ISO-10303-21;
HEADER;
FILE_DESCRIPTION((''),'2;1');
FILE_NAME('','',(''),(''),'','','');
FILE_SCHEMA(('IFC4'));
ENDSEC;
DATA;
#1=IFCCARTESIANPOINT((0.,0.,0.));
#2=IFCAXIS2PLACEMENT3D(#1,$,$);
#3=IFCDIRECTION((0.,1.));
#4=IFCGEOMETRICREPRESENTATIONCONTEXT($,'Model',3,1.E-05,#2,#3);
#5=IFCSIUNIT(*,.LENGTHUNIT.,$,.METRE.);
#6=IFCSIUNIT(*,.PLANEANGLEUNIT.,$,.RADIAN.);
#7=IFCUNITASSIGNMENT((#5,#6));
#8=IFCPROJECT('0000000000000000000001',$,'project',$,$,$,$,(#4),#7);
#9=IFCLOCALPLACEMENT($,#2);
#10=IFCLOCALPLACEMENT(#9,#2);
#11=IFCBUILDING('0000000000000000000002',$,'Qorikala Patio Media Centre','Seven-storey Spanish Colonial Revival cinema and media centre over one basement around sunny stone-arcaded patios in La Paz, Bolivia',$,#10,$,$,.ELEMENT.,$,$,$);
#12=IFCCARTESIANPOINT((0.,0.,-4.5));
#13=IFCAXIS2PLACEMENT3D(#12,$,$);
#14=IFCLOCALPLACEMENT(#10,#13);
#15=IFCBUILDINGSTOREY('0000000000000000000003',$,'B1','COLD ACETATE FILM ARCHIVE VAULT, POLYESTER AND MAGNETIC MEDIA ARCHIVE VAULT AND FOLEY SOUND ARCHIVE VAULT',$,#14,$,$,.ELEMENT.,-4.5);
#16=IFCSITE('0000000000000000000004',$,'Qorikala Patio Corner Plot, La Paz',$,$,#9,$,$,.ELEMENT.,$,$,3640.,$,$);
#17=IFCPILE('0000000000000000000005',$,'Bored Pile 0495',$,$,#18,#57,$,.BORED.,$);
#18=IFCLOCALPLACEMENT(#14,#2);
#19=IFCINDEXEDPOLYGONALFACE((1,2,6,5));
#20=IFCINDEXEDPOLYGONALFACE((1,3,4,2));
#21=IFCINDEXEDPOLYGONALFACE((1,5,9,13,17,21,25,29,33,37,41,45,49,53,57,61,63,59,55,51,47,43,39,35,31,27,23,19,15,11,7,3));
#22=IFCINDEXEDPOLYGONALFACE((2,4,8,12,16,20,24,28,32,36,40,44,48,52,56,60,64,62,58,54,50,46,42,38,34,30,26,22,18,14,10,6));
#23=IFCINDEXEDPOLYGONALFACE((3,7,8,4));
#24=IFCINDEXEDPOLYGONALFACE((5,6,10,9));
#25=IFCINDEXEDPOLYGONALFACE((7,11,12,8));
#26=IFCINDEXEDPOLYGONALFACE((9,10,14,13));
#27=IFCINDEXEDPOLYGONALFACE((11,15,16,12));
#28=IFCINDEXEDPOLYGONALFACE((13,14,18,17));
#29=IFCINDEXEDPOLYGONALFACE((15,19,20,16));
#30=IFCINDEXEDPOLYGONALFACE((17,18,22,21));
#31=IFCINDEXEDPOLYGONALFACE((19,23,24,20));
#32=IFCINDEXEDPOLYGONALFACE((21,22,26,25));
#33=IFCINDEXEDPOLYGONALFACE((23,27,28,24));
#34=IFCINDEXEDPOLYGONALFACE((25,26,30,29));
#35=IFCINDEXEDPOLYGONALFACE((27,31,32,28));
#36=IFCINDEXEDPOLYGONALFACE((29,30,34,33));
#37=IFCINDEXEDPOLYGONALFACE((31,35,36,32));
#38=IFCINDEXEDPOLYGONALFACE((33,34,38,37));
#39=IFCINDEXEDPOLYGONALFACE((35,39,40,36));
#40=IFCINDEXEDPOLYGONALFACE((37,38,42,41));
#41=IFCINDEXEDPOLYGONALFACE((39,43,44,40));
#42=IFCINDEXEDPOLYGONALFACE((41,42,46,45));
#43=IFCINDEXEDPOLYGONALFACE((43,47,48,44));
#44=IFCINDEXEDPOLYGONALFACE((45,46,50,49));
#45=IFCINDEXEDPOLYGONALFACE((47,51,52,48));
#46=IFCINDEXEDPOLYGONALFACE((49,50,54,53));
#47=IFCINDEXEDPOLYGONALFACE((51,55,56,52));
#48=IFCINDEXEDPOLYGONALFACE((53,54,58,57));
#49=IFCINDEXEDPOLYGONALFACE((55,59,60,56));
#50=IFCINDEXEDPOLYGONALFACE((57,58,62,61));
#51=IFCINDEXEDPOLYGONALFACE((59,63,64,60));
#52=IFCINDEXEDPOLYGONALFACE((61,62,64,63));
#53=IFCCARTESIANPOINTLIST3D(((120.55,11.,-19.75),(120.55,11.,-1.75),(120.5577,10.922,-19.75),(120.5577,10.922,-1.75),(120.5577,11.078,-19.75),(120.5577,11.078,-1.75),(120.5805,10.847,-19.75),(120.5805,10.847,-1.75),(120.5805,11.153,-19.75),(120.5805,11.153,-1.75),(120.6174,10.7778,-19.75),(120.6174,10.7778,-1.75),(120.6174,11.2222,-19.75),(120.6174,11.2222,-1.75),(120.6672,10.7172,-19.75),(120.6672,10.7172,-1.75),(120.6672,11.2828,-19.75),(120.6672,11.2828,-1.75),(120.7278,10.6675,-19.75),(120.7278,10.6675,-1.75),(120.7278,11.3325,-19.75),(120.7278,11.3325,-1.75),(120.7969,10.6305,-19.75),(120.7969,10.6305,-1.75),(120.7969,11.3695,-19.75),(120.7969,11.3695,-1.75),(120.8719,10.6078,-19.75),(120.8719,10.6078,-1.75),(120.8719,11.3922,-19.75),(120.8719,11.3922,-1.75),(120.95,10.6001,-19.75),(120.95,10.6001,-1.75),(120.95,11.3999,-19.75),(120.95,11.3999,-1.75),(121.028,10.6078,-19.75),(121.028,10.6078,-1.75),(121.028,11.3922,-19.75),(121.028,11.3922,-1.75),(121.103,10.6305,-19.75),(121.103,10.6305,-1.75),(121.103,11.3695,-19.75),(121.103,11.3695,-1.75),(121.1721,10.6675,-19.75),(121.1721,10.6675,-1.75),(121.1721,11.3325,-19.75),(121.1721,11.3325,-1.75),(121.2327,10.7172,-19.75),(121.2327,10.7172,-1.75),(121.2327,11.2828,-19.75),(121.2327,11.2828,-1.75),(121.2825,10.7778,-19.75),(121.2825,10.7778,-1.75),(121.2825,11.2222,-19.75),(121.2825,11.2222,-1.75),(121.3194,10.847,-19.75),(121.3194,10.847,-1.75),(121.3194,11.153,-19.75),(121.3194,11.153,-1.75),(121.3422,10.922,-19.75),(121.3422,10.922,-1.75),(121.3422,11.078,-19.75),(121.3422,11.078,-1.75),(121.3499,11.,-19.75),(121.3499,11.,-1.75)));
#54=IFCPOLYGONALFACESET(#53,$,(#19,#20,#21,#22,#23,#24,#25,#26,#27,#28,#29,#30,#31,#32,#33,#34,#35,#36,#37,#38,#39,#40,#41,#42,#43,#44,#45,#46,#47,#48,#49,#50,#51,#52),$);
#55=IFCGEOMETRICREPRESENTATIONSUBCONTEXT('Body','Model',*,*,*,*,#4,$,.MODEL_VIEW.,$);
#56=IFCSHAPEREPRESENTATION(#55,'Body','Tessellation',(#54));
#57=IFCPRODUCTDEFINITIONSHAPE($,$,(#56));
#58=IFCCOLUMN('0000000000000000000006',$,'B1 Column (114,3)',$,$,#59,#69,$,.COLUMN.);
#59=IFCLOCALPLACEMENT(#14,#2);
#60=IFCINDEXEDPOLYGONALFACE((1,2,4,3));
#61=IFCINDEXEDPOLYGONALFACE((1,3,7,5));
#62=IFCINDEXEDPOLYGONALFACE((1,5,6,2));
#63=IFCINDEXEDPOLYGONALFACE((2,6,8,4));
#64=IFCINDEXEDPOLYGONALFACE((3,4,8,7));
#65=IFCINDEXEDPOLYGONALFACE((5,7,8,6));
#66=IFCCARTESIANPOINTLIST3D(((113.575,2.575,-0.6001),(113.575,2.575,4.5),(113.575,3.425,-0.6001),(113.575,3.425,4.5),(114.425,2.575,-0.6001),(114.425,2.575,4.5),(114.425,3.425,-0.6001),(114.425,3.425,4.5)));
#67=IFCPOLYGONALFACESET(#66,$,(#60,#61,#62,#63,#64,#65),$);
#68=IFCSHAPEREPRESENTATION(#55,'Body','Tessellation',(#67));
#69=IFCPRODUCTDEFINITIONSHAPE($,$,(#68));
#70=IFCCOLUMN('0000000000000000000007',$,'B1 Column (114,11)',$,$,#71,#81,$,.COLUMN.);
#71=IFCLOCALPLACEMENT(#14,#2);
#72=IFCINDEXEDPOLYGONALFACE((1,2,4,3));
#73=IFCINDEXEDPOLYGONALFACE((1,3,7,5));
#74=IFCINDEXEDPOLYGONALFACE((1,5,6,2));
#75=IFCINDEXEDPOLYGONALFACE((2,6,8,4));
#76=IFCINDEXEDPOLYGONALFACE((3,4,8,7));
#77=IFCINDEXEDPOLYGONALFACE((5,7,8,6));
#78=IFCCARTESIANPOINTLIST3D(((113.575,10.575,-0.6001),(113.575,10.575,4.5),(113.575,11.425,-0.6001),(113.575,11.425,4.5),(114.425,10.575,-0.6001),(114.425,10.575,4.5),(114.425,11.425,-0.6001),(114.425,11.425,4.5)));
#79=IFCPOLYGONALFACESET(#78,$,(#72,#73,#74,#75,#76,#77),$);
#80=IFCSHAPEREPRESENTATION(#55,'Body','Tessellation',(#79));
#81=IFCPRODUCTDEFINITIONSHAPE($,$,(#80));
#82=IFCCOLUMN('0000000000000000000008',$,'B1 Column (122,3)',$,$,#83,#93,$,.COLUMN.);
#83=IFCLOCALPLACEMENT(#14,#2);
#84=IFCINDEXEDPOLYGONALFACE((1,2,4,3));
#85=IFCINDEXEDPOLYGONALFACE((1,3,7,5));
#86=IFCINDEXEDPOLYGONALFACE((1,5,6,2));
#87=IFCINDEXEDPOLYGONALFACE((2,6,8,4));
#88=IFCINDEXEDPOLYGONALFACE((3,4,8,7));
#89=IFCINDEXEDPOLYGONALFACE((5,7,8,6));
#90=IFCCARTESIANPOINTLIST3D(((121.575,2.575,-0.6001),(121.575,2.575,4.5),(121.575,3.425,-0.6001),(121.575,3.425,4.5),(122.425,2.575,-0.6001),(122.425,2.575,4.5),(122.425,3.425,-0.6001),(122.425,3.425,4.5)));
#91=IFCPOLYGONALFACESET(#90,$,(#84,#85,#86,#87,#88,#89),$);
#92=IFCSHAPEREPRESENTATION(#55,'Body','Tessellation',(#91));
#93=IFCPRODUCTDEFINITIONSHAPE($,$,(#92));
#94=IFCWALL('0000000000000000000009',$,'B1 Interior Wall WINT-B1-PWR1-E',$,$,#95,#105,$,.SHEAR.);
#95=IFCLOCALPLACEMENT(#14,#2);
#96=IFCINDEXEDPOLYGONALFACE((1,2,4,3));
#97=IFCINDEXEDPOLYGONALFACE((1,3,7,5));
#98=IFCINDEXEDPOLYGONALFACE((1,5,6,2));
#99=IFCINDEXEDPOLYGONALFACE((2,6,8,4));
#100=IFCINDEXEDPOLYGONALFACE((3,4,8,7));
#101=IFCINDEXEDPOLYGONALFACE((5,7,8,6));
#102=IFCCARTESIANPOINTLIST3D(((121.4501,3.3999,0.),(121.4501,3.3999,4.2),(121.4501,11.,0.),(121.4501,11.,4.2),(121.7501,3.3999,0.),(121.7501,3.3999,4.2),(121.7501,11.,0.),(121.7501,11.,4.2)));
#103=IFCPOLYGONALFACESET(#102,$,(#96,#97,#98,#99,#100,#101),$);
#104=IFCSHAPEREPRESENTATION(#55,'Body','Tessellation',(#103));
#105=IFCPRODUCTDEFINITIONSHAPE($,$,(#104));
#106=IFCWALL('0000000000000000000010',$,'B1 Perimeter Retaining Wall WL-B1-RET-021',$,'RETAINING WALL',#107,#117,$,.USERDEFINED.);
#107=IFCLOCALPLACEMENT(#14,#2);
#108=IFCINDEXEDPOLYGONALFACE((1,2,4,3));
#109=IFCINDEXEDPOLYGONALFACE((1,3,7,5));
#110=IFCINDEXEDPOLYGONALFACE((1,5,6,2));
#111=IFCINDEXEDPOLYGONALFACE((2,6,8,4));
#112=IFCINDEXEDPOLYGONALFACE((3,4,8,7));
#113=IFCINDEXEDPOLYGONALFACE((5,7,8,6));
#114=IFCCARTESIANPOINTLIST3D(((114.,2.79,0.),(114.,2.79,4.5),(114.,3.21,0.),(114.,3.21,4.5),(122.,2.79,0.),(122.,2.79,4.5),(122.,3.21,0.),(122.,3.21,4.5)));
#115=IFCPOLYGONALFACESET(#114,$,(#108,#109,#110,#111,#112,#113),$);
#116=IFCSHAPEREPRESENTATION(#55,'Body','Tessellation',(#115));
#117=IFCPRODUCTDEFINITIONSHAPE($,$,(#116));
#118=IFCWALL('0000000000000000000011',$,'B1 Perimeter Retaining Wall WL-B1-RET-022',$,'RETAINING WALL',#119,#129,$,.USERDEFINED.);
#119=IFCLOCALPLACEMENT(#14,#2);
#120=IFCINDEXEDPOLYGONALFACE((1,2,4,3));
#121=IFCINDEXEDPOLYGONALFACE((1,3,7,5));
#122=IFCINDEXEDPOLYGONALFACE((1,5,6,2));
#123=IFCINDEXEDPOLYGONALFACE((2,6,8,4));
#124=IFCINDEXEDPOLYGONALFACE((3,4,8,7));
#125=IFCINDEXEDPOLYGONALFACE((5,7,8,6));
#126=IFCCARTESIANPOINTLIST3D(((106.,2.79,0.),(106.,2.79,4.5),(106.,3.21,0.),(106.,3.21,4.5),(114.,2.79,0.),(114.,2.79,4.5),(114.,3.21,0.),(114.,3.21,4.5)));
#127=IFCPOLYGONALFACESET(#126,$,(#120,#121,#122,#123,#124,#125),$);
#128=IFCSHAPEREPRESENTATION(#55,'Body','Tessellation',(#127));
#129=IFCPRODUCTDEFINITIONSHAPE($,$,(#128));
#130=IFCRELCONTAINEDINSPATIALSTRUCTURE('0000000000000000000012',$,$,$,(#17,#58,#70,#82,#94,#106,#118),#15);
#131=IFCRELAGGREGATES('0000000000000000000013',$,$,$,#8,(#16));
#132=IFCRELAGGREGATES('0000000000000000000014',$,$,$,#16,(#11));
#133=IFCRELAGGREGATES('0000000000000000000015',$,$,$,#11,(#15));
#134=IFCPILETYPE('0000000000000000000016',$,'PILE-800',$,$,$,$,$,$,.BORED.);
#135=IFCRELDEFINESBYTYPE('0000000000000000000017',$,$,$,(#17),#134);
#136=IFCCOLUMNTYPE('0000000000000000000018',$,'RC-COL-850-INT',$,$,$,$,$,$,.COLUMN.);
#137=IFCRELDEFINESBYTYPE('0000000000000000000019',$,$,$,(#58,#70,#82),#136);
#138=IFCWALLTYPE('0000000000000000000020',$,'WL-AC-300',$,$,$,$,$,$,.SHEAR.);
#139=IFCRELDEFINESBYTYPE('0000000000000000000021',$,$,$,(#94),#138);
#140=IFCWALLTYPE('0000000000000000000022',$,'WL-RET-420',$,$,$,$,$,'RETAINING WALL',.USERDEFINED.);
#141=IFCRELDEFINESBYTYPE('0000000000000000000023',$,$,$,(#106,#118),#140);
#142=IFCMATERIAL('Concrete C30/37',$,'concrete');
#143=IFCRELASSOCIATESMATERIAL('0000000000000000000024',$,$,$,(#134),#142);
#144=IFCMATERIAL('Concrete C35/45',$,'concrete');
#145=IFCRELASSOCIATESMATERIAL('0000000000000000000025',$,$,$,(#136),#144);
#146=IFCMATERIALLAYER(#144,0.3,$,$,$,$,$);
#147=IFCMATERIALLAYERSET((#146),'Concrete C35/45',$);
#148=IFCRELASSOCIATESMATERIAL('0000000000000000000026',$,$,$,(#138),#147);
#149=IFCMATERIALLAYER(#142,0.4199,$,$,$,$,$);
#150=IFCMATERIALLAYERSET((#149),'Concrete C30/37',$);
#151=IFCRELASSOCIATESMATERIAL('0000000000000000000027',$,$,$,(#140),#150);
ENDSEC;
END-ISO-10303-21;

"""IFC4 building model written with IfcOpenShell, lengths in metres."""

from ifc_helpers import new_model, si_unit, direction, frame, frame_2d, origin, origin_2d, place, context, subcontext, project, spatial, rectangle, circle, extrude, material, layer, layer_set, material_profile, profile_set, type_object, element, save


model = new_model("IFC4")

# Units and contexts
model_context = context("Model", 3, precision=1e-05, world=origin(), true_north=direction((0.0, 1.0)))
body_context = subcontext(model_context, "Body", "Model", "MODEL_VIEW")
ifc_project = project(units=[si_unit("LENGTHUNIT", "METRE"), si_unit("PLANEANGLEUNIT", "RADIAN")], contexts=[model_context])

# Site, building, storey
site_placement = place(None, origin())
site = spatial("IfcSite", under=ifc_project, at=site_placement, Name="Qorikala Patio Corner Plot, La Paz", CompositionType="ELEMENT", RefElevation=3640.0)
building_placement = place(site_placement, origin())
building = spatial("IfcBuilding", under=site, at=building_placement, Name="Qorikala Patio Media Centre", Description="Seven-storey Spanish Colonial Revival cinema and media centre over one basement around sunny stone-arcaded patios in La Paz, Bolivia", CompositionType="ELEMENT")
storey_placement = place(building_placement, frame((0.0, 0.0, -4.5)))
storey = spatial("IfcBuildingStorey", under=building, at=storey_placement, Name="B1", Description="COLD ACETATE FILM ARCHIVE VAULT, POLYESTER AND MAGNETIC MEDIA ARCHIVE VAULT AND FOLEY SOUND ARCHIVE VAULT", CompositionType="ELEMENT", Elevation=-4.5)

# Shared definitions
ifc_material_1 = material(Name="Concrete C30/37", Category="concrete")

# Pile
ifc_material_profile_1 = material_profile(ifc_material_1, circle(Radius=0.3999, at=origin_2d()), Name="BORED PILE 800")
ifc_profile_set_1 = profile_set([ifc_material_profile_1], Name="Concrete C30/37")
pile_type_1 = type_object("IfcPileType", Name="PILE-800", PredefinedType="BORED", material=ifc_profile_set_1)
for number, where, z_axis, x_axis, name in (
    (1, (120.95, 11.0, -1.75), (0.0, 0.0, -1.0), (1.0, 0.0, 0.0), "Bored Pile 0495"),
):
    element("IfcPile", number, at=place(storey_placement, frame(where, z_axis=z_axis, x_axis=x_axis)), inside=storey, type_object=pile_type_1, Name=name, PredefinedType="BORED", context=body_context, shape_type="SweptSolid", body=[
        extrude(circle(Radius=0.3999, at=origin_2d()), origin(), (0.0, 0.0, 1.0), 18.0),
    ])

# Columns
ifc_material_2 = material(Name="Concrete C35/45", Category="concrete")
ifc_material_profile_2 = material_profile(ifc_material_2, rectangle(XDim=0.8501, YDim=0.8501, at=origin_2d()), Name="RC 850x850")
ifc_profile_set_2 = profile_set([ifc_material_profile_2], Name="Concrete C35/45")
column_type = type_object("IfcColumnType", Name="RC-COL-850-INT", PredefinedType="COLUMN", material=ifc_profile_set_2)
for number, where, z_axis, x_axis, name in (
    (2, (114.0, 3.0, -0.6001), (0.0, 0.0, 1.0), (1.0, 0.0, 0.0), "B1 Column (114,3)"),
    (3, (114.0, 11.0, -0.6001), (0.0, 0.0, 1.0), (1.0, 0.0, 0.0), "B1 Column (114,11)"),
    (4, (122.0, 3.0, -0.6001), (0.0, 0.0, 1.0), (1.0, 0.0, 0.0), "B1 Column (122,3)"),
):
    element("IfcColumn", number, at=place(storey_placement, frame(where, z_axis=z_axis, x_axis=x_axis)), inside=storey, type_object=column_type, Name=name, PredefinedType="COLUMN", context=body_context, shape_type="SweptSolid", body=[
        extrude(rectangle(XDim=0.8501, YDim=0.8501, at=origin_2d()), origin(), (0.0, 0.0, 1.0), 5.1001),
    ])

# Walls
ifc_layer_1 = layer(ifc_material_2, 0.3)
ifc_layer_set_1 = layer_set([ifc_layer_1], Name="Concrete C35/45")
wall_type_1 = type_object("IfcWallType", Name="WL-AC-300", PredefinedType="SHEAR", material=ifc_layer_set_1)
wall_placement = place(storey_placement, frame((121.6001, 3.3999, 0.0), z_axis=(0.0, 0.0, 1.0), x_axis=(0.0, 1.0, 0.0)))
element("IfcWall", 5, at=wall_placement, inside=storey, type_object=wall_type_1, Name="B1 Interior Wall WINT-B1-PWR1-E", PredefinedType="SHEAR", context=body_context, shape_type="SweptSolid", body=[
    extrude(rectangle(XDim=7.6001, YDim=0.3, at=frame_2d((3.8, 0.0))), origin(), (0.0, 0.0, 1.0), 4.2),
])
ifc_layer_2 = layer(ifc_material_1, 0.4199)
ifc_layer_set_2 = layer_set([ifc_layer_2], Name="Concrete C30/37")
wall_type_2 = type_object("IfcWallType", Name="WL-RET-420", ElementType="RETAINING WALL", PredefinedType="USERDEFINED", material=ifc_layer_set_2)
for number, where, z_axis, x_axis, name in (
    (6, (122.0, 3.0, 0.0), (0.0, 0.0, 1.0), (-1.0, 0.0, 0.0), "B1 Perimeter Retaining Wall WL-B1-RET-021"),
    (7, (114.0, 3.0, 0.0), (0.0, 0.0, 1.0), (-1.0, 0.0, 0.0), "B1 Perimeter Retaining Wall WL-B1-RET-022"),
):
    element("IfcWall", number, at=place(storey_placement, frame(where, z_axis=z_axis, x_axis=x_axis)), inside=storey, type_object=wall_type_2, Name=name, ObjectType="RETAINING WALL", PredefinedType="USERDEFINED", context=body_context, shape_type="SweptSolid", body=[
        extrude(rectangle(XDim=8.0, YDim=0.4199, at=frame_2d((4.0, 0.0))), origin(), (0.0, 0.0, 1.0), 4.5),
    ])

save(model, "model.ifc")
